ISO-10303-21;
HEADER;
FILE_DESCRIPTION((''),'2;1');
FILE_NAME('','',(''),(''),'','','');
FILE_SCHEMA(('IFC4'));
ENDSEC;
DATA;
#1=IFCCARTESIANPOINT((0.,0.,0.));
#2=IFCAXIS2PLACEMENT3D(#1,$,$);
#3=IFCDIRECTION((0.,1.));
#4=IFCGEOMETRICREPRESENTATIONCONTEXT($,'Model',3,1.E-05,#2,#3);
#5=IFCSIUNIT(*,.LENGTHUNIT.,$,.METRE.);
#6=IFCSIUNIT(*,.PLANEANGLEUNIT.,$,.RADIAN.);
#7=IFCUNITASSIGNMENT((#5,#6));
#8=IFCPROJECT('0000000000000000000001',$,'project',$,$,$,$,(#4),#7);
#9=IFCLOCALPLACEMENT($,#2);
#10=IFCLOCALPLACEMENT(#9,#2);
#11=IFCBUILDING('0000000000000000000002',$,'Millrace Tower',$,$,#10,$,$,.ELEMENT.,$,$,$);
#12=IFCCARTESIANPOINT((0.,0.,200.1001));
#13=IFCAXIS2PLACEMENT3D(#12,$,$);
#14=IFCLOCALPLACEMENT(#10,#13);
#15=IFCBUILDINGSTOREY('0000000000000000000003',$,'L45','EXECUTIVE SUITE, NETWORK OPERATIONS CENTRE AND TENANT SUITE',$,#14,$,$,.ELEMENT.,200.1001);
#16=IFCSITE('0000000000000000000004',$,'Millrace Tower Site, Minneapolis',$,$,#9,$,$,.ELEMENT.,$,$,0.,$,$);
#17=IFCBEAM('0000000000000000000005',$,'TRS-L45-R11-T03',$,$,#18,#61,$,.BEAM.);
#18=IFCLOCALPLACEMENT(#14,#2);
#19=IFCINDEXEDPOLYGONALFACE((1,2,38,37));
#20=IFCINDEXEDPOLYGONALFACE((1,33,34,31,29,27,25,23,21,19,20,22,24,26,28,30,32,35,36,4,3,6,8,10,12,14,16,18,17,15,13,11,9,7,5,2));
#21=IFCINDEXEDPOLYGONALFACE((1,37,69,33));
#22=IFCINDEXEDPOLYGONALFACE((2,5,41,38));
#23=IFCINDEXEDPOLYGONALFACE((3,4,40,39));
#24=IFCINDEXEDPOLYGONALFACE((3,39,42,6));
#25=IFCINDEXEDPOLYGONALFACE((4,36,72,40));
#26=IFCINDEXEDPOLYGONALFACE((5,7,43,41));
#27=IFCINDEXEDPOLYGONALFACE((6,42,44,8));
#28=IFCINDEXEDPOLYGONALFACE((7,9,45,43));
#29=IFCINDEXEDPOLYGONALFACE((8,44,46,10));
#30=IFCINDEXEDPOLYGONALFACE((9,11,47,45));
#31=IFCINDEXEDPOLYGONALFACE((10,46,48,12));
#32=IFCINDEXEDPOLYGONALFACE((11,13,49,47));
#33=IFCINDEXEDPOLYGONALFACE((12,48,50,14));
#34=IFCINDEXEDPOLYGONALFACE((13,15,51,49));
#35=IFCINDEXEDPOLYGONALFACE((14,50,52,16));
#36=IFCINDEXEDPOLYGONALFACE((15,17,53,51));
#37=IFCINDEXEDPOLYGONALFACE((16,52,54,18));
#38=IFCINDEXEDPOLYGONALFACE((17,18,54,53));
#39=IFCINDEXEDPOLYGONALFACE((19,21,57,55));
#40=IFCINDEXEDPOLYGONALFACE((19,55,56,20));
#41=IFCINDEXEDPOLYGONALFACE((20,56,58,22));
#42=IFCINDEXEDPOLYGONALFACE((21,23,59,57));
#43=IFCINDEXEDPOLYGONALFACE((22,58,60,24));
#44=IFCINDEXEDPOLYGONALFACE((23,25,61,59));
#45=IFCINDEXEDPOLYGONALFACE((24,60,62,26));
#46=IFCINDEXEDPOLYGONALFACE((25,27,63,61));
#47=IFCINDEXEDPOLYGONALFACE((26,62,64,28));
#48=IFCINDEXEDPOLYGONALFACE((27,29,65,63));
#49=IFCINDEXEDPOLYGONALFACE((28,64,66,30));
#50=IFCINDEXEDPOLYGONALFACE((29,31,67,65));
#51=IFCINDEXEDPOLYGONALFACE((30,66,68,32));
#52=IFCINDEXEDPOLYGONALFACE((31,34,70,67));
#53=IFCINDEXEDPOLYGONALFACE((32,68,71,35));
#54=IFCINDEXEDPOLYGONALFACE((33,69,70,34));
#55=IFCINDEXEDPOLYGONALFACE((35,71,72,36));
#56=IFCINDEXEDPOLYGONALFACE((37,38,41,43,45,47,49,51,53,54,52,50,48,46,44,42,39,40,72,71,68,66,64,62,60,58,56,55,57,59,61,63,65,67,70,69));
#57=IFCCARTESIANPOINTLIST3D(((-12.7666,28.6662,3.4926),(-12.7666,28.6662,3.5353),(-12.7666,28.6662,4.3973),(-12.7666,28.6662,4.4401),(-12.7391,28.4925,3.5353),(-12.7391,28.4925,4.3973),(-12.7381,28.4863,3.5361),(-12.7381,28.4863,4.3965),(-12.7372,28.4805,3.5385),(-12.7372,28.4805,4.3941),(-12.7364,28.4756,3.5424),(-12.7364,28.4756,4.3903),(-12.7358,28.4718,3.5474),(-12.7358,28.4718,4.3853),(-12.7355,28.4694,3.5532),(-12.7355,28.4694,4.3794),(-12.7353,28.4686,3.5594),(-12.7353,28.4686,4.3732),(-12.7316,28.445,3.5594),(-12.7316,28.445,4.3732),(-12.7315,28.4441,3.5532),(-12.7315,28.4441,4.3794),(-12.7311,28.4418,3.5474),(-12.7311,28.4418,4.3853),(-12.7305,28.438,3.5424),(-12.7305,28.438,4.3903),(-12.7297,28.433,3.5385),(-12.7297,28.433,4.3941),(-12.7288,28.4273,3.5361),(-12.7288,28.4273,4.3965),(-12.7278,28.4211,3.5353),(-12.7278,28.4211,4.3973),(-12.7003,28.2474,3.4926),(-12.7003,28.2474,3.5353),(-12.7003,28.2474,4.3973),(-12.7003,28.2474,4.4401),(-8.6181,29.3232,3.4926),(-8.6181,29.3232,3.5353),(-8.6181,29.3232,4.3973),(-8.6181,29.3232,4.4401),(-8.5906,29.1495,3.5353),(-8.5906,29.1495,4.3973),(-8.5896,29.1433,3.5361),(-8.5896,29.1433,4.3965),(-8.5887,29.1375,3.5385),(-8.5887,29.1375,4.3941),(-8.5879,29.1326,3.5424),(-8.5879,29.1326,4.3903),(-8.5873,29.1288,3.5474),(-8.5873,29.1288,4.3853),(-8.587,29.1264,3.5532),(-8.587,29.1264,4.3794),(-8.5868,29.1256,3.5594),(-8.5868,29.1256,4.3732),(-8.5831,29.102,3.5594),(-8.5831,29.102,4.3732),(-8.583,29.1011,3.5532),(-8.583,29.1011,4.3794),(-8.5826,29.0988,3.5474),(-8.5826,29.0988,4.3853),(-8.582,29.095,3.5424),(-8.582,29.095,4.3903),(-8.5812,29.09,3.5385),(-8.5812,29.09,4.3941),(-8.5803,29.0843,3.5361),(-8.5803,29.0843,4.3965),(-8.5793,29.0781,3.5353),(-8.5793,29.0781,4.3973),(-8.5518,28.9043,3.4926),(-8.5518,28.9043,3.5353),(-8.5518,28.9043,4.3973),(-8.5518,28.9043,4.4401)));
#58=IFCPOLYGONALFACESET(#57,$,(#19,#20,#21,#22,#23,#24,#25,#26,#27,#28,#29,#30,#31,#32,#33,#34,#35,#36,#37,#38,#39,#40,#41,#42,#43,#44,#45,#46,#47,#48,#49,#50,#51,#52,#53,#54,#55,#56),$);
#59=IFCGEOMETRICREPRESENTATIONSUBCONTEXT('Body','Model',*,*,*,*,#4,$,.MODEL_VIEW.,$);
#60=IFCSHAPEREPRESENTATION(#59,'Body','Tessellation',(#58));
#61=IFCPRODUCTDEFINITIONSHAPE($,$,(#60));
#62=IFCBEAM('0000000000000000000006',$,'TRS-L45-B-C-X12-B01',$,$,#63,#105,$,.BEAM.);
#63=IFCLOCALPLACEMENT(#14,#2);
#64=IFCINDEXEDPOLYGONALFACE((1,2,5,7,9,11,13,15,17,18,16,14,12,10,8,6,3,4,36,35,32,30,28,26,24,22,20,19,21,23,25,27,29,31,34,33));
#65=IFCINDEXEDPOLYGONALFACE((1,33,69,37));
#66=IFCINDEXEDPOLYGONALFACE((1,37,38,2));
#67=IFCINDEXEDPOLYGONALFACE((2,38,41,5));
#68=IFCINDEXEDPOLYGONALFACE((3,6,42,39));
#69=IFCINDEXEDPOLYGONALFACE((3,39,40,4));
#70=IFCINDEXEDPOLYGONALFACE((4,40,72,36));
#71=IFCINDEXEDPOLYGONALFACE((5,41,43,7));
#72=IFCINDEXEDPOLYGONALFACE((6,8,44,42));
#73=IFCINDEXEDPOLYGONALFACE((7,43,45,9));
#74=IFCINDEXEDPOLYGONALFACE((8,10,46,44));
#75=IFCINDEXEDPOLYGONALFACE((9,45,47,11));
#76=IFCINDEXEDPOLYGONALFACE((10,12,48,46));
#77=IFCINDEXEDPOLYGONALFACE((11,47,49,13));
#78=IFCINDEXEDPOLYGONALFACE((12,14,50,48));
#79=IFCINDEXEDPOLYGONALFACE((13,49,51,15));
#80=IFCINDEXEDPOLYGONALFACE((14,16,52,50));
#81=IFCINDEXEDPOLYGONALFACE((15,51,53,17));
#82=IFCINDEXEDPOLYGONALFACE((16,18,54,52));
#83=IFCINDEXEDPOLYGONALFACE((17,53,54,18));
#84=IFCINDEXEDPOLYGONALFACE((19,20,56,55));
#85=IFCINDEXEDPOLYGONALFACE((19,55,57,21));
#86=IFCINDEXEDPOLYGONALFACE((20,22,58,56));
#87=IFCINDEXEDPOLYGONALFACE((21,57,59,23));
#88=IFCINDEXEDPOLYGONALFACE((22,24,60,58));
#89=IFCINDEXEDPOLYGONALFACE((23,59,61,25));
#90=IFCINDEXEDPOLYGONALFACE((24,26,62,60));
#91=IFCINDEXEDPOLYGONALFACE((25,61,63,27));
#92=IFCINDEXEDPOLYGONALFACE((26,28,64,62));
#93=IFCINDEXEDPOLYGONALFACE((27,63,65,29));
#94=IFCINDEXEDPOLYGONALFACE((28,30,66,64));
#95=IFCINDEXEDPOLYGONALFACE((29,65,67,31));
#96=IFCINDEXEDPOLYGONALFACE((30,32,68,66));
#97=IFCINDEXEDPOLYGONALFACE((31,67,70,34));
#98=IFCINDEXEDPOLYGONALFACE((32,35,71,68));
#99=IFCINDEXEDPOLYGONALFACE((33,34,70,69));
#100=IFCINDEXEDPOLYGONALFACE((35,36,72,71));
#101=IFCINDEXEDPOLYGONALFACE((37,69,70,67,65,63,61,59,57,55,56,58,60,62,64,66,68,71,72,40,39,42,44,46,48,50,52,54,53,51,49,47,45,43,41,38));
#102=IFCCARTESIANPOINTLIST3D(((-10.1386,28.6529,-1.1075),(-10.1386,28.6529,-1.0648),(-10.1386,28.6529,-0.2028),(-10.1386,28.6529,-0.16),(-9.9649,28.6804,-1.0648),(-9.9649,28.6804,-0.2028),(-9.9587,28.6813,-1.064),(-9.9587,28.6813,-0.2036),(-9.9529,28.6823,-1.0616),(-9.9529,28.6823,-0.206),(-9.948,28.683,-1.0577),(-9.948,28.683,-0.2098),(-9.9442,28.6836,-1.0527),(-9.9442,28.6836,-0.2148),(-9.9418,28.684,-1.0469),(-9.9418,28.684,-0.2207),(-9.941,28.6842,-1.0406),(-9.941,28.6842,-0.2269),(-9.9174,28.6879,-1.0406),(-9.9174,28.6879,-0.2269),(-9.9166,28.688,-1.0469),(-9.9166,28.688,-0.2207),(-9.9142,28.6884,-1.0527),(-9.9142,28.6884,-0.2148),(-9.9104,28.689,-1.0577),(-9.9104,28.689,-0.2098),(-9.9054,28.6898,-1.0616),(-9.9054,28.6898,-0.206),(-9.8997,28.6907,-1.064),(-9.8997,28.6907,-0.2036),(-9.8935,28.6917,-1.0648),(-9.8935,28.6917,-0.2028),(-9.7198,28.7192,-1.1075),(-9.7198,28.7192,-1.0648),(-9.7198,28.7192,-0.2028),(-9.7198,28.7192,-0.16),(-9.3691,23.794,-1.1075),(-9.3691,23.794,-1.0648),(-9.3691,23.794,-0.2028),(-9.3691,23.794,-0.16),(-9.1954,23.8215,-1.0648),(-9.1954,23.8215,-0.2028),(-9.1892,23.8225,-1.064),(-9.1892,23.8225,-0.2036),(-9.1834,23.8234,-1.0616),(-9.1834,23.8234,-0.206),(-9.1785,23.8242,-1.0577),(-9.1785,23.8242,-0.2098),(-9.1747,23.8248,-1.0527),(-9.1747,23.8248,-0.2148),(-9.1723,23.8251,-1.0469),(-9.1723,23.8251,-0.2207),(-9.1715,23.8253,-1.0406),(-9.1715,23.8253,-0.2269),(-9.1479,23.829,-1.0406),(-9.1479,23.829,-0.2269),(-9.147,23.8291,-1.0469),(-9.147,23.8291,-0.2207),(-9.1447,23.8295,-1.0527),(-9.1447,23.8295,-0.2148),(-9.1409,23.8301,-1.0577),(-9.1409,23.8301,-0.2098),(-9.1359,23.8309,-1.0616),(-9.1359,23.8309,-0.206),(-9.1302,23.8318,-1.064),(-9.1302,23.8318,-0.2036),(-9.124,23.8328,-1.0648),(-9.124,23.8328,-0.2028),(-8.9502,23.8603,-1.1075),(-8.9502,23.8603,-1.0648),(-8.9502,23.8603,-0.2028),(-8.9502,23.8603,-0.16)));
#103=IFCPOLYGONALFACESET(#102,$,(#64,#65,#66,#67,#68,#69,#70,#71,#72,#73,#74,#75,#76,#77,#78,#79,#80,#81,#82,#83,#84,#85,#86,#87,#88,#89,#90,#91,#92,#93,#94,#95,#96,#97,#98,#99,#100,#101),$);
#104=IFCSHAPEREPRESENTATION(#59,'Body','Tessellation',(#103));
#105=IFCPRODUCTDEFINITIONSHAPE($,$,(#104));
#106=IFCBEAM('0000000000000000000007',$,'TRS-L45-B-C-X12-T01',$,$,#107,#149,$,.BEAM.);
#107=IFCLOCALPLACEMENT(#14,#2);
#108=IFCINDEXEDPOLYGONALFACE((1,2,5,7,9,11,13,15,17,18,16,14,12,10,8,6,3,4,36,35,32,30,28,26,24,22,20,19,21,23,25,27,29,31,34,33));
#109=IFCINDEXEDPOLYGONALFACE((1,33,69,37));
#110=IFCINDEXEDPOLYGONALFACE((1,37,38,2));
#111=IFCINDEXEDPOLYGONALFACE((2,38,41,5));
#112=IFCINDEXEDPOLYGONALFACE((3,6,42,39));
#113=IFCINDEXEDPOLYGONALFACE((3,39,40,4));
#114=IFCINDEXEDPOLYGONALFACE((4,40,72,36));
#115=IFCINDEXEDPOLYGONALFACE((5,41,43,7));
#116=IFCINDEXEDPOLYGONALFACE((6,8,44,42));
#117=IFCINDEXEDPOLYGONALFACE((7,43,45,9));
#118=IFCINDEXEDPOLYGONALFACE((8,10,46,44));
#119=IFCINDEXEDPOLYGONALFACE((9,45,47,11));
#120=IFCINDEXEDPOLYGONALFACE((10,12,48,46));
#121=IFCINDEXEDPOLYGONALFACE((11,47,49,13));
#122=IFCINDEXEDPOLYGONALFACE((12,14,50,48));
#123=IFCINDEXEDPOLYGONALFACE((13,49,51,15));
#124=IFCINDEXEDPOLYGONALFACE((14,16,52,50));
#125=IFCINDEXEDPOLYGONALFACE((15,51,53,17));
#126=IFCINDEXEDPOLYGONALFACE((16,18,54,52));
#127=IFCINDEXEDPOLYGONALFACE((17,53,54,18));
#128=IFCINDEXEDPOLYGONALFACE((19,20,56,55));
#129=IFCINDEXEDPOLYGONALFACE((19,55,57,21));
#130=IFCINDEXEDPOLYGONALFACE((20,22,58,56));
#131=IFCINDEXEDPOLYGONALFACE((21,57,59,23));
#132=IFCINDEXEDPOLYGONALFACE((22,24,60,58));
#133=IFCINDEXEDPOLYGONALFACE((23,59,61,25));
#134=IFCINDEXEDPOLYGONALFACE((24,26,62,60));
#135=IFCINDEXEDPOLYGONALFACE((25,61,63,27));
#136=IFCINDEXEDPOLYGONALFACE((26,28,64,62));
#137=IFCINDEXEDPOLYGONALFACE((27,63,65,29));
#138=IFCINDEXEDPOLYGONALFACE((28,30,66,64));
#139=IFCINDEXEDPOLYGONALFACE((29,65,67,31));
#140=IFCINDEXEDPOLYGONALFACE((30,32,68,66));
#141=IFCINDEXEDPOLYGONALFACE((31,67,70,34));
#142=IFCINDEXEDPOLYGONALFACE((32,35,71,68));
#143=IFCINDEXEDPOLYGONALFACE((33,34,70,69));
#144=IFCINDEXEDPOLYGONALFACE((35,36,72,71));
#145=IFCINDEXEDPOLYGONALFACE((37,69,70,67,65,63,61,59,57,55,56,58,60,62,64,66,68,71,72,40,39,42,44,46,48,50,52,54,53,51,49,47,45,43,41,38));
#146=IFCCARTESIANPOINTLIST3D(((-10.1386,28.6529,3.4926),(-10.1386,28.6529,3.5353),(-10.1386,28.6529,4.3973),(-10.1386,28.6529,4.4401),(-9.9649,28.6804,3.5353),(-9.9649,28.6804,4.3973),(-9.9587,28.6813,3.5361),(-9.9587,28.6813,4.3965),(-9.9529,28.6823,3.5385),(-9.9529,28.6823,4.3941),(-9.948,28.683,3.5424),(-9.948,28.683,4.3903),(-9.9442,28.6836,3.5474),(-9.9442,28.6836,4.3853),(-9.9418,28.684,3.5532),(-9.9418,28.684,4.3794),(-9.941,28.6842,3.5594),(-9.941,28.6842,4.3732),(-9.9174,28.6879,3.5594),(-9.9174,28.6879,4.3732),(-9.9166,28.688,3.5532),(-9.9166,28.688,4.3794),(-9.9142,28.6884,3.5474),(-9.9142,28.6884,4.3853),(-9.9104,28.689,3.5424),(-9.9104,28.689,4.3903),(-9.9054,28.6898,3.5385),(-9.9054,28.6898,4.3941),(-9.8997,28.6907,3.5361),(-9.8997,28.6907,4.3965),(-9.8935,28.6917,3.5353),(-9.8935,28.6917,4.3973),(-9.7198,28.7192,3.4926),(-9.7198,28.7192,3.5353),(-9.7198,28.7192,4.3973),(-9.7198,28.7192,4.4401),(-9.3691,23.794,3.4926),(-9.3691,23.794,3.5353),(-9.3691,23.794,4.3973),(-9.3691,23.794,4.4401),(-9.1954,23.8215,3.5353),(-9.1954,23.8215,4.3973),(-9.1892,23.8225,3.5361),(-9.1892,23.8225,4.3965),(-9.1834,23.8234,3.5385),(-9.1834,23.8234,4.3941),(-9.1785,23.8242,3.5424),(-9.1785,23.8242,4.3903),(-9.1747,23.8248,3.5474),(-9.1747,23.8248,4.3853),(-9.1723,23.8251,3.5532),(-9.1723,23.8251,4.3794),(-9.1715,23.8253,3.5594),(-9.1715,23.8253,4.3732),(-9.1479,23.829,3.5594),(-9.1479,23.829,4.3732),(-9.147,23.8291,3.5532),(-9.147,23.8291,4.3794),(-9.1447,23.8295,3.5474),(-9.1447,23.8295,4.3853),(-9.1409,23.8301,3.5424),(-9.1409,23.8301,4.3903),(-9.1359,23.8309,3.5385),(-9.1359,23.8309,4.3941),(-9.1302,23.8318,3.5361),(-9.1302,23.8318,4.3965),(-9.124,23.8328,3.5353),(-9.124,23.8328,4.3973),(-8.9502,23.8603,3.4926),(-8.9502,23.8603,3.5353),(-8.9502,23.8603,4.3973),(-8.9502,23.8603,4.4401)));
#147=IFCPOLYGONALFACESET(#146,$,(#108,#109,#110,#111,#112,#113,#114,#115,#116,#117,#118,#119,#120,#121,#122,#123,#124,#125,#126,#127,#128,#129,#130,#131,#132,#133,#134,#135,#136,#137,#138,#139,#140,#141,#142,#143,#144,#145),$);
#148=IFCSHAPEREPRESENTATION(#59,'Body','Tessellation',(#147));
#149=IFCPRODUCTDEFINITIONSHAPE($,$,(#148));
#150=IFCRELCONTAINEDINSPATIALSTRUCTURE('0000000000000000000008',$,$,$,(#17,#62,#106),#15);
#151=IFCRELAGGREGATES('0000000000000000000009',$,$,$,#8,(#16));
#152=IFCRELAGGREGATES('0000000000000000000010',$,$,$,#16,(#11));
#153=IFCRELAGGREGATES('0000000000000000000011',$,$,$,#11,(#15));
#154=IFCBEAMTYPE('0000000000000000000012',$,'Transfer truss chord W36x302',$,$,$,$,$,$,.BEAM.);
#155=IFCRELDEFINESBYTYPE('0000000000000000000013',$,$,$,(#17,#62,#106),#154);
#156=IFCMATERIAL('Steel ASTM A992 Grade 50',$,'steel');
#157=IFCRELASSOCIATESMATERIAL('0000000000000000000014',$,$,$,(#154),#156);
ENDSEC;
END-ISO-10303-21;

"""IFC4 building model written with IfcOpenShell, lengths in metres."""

from ifc_helpers import new_model, si_unit, direction, frame, origin, origin_2d, place, context, subcontext, project, spatial, i_section, extrude, material, material_profile, profile_set, type_object, element, save


model = new_model("IFC4")

# Units and contexts
model_context = context("Model", 3, precision=1e-05, world=origin(), true_north=direction((0.0, 1.0)))
body_context = subcontext(model_context, "Body", "Model", "MODEL_VIEW")
ifc_project = project(units=[si_unit("LENGTHUNIT", "METRE"), si_unit("PLANEANGLEUNIT", "RADIAN")], contexts=[model_context])

# Site, building, storey
site_placement = place(None, origin())
site = spatial("IfcSite", under=ifc_project, at=site_placement, Name="Millrace Tower Site, Minneapolis", CompositionType="ELEMENT", RefElevation=0.0)
building_placement = place(site_placement, origin())
building = spatial("IfcBuilding", under=site, at=building_placement, Name="Millrace Tower", CompositionType="ELEMENT")
storey_placement = place(building_placement, frame((0.0, 0.0, 200.1001)))
storey = spatial("IfcBuildingStorey", under=building, at=storey_placement, Name="L45", Description="EXECUTIVE SUITE, NETWORK OPERATIONS CENTRE AND TENANT SUITE", CompositionType="ELEMENT", Elevation=200.1001)

# Beams
ifc_material_1 = material(Name="Steel ASTM A992 Grade 50", Category="steel")
ifc_material_profile_1 = material_profile(ifc_material_1, i_section(OverallWidth=0.4241, OverallDepth=0.9475, WebThickness=0.0239, FlangeThickness=0.0427, FilletRadius=0.0242, at=origin_2d()))
ifc_profile_set_1 = profile_set([ifc_material_profile_1], Name="Steel ASTM A992 Grade 50")
beam_type_1 = type_object("IfcBeamType", Name="Transfer truss chord W36x302", PredefinedType="BEAM", material=ifc_profile_set_1)
for number, where, z_axis, x_axis, name in (
    (1, (-8.585, 29.1138, 3.9663), (-0.987691, -0.156419, 0.0), (0.156419, -0.987691, 0.0), "TRS-L45-R11-T03"),
):
    element("IfcBeam", number, at=place(storey_placement, frame(where, z_axis=z_axis, x_axis=x_axis)), inside=storey, type_object=beam_type_1, Name=name, PredefinedType="BEAM", context=body_context, shape_type="SweptSolid", body=[
        extrude(i_section(OverallWidth=0.4241, OverallDepth=0.9475, WebThickness=0.0239, FlangeThickness=0.0427, FilletRadius=0.0242, at=origin_2d()), origin(), (0.0, 0.0, 1.0), 4.2002),
    ])
for number, where, z_axis, x_axis, name in (
    (2, (-9.1597, 23.8271, -0.6338), (-0.156426, 0.98769, 0.0), (-0.98769, -0.156426, 0.0), "TRS-L45-B-C-X12-B01"),
    (3, (-9.1597, 23.8271, 3.9663), (-0.156426, 0.98769, 0.0), (-0.98769, -0.156426, 0.0), "TRS-L45-B-C-X12-T01"),
):
    element("IfcBeam", number, at=place(storey_placement, frame(where, z_axis=z_axis, x_axis=x_axis)), inside=storey, type_object=beam_type_1, Name=name, PredefinedType="BEAM", context=body_context, shape_type="SweptSolid", body=[
        extrude(i_section(OverallWidth=0.4241, OverallDepth=0.9475, WebThickness=0.0239, FlangeThickness=0.0427, FilletRadius=0.0242, at=origin_2d()), origin(), (0.0, 0.0, 1.0), 4.9194),
    ])

save(model, "model.ifc")
